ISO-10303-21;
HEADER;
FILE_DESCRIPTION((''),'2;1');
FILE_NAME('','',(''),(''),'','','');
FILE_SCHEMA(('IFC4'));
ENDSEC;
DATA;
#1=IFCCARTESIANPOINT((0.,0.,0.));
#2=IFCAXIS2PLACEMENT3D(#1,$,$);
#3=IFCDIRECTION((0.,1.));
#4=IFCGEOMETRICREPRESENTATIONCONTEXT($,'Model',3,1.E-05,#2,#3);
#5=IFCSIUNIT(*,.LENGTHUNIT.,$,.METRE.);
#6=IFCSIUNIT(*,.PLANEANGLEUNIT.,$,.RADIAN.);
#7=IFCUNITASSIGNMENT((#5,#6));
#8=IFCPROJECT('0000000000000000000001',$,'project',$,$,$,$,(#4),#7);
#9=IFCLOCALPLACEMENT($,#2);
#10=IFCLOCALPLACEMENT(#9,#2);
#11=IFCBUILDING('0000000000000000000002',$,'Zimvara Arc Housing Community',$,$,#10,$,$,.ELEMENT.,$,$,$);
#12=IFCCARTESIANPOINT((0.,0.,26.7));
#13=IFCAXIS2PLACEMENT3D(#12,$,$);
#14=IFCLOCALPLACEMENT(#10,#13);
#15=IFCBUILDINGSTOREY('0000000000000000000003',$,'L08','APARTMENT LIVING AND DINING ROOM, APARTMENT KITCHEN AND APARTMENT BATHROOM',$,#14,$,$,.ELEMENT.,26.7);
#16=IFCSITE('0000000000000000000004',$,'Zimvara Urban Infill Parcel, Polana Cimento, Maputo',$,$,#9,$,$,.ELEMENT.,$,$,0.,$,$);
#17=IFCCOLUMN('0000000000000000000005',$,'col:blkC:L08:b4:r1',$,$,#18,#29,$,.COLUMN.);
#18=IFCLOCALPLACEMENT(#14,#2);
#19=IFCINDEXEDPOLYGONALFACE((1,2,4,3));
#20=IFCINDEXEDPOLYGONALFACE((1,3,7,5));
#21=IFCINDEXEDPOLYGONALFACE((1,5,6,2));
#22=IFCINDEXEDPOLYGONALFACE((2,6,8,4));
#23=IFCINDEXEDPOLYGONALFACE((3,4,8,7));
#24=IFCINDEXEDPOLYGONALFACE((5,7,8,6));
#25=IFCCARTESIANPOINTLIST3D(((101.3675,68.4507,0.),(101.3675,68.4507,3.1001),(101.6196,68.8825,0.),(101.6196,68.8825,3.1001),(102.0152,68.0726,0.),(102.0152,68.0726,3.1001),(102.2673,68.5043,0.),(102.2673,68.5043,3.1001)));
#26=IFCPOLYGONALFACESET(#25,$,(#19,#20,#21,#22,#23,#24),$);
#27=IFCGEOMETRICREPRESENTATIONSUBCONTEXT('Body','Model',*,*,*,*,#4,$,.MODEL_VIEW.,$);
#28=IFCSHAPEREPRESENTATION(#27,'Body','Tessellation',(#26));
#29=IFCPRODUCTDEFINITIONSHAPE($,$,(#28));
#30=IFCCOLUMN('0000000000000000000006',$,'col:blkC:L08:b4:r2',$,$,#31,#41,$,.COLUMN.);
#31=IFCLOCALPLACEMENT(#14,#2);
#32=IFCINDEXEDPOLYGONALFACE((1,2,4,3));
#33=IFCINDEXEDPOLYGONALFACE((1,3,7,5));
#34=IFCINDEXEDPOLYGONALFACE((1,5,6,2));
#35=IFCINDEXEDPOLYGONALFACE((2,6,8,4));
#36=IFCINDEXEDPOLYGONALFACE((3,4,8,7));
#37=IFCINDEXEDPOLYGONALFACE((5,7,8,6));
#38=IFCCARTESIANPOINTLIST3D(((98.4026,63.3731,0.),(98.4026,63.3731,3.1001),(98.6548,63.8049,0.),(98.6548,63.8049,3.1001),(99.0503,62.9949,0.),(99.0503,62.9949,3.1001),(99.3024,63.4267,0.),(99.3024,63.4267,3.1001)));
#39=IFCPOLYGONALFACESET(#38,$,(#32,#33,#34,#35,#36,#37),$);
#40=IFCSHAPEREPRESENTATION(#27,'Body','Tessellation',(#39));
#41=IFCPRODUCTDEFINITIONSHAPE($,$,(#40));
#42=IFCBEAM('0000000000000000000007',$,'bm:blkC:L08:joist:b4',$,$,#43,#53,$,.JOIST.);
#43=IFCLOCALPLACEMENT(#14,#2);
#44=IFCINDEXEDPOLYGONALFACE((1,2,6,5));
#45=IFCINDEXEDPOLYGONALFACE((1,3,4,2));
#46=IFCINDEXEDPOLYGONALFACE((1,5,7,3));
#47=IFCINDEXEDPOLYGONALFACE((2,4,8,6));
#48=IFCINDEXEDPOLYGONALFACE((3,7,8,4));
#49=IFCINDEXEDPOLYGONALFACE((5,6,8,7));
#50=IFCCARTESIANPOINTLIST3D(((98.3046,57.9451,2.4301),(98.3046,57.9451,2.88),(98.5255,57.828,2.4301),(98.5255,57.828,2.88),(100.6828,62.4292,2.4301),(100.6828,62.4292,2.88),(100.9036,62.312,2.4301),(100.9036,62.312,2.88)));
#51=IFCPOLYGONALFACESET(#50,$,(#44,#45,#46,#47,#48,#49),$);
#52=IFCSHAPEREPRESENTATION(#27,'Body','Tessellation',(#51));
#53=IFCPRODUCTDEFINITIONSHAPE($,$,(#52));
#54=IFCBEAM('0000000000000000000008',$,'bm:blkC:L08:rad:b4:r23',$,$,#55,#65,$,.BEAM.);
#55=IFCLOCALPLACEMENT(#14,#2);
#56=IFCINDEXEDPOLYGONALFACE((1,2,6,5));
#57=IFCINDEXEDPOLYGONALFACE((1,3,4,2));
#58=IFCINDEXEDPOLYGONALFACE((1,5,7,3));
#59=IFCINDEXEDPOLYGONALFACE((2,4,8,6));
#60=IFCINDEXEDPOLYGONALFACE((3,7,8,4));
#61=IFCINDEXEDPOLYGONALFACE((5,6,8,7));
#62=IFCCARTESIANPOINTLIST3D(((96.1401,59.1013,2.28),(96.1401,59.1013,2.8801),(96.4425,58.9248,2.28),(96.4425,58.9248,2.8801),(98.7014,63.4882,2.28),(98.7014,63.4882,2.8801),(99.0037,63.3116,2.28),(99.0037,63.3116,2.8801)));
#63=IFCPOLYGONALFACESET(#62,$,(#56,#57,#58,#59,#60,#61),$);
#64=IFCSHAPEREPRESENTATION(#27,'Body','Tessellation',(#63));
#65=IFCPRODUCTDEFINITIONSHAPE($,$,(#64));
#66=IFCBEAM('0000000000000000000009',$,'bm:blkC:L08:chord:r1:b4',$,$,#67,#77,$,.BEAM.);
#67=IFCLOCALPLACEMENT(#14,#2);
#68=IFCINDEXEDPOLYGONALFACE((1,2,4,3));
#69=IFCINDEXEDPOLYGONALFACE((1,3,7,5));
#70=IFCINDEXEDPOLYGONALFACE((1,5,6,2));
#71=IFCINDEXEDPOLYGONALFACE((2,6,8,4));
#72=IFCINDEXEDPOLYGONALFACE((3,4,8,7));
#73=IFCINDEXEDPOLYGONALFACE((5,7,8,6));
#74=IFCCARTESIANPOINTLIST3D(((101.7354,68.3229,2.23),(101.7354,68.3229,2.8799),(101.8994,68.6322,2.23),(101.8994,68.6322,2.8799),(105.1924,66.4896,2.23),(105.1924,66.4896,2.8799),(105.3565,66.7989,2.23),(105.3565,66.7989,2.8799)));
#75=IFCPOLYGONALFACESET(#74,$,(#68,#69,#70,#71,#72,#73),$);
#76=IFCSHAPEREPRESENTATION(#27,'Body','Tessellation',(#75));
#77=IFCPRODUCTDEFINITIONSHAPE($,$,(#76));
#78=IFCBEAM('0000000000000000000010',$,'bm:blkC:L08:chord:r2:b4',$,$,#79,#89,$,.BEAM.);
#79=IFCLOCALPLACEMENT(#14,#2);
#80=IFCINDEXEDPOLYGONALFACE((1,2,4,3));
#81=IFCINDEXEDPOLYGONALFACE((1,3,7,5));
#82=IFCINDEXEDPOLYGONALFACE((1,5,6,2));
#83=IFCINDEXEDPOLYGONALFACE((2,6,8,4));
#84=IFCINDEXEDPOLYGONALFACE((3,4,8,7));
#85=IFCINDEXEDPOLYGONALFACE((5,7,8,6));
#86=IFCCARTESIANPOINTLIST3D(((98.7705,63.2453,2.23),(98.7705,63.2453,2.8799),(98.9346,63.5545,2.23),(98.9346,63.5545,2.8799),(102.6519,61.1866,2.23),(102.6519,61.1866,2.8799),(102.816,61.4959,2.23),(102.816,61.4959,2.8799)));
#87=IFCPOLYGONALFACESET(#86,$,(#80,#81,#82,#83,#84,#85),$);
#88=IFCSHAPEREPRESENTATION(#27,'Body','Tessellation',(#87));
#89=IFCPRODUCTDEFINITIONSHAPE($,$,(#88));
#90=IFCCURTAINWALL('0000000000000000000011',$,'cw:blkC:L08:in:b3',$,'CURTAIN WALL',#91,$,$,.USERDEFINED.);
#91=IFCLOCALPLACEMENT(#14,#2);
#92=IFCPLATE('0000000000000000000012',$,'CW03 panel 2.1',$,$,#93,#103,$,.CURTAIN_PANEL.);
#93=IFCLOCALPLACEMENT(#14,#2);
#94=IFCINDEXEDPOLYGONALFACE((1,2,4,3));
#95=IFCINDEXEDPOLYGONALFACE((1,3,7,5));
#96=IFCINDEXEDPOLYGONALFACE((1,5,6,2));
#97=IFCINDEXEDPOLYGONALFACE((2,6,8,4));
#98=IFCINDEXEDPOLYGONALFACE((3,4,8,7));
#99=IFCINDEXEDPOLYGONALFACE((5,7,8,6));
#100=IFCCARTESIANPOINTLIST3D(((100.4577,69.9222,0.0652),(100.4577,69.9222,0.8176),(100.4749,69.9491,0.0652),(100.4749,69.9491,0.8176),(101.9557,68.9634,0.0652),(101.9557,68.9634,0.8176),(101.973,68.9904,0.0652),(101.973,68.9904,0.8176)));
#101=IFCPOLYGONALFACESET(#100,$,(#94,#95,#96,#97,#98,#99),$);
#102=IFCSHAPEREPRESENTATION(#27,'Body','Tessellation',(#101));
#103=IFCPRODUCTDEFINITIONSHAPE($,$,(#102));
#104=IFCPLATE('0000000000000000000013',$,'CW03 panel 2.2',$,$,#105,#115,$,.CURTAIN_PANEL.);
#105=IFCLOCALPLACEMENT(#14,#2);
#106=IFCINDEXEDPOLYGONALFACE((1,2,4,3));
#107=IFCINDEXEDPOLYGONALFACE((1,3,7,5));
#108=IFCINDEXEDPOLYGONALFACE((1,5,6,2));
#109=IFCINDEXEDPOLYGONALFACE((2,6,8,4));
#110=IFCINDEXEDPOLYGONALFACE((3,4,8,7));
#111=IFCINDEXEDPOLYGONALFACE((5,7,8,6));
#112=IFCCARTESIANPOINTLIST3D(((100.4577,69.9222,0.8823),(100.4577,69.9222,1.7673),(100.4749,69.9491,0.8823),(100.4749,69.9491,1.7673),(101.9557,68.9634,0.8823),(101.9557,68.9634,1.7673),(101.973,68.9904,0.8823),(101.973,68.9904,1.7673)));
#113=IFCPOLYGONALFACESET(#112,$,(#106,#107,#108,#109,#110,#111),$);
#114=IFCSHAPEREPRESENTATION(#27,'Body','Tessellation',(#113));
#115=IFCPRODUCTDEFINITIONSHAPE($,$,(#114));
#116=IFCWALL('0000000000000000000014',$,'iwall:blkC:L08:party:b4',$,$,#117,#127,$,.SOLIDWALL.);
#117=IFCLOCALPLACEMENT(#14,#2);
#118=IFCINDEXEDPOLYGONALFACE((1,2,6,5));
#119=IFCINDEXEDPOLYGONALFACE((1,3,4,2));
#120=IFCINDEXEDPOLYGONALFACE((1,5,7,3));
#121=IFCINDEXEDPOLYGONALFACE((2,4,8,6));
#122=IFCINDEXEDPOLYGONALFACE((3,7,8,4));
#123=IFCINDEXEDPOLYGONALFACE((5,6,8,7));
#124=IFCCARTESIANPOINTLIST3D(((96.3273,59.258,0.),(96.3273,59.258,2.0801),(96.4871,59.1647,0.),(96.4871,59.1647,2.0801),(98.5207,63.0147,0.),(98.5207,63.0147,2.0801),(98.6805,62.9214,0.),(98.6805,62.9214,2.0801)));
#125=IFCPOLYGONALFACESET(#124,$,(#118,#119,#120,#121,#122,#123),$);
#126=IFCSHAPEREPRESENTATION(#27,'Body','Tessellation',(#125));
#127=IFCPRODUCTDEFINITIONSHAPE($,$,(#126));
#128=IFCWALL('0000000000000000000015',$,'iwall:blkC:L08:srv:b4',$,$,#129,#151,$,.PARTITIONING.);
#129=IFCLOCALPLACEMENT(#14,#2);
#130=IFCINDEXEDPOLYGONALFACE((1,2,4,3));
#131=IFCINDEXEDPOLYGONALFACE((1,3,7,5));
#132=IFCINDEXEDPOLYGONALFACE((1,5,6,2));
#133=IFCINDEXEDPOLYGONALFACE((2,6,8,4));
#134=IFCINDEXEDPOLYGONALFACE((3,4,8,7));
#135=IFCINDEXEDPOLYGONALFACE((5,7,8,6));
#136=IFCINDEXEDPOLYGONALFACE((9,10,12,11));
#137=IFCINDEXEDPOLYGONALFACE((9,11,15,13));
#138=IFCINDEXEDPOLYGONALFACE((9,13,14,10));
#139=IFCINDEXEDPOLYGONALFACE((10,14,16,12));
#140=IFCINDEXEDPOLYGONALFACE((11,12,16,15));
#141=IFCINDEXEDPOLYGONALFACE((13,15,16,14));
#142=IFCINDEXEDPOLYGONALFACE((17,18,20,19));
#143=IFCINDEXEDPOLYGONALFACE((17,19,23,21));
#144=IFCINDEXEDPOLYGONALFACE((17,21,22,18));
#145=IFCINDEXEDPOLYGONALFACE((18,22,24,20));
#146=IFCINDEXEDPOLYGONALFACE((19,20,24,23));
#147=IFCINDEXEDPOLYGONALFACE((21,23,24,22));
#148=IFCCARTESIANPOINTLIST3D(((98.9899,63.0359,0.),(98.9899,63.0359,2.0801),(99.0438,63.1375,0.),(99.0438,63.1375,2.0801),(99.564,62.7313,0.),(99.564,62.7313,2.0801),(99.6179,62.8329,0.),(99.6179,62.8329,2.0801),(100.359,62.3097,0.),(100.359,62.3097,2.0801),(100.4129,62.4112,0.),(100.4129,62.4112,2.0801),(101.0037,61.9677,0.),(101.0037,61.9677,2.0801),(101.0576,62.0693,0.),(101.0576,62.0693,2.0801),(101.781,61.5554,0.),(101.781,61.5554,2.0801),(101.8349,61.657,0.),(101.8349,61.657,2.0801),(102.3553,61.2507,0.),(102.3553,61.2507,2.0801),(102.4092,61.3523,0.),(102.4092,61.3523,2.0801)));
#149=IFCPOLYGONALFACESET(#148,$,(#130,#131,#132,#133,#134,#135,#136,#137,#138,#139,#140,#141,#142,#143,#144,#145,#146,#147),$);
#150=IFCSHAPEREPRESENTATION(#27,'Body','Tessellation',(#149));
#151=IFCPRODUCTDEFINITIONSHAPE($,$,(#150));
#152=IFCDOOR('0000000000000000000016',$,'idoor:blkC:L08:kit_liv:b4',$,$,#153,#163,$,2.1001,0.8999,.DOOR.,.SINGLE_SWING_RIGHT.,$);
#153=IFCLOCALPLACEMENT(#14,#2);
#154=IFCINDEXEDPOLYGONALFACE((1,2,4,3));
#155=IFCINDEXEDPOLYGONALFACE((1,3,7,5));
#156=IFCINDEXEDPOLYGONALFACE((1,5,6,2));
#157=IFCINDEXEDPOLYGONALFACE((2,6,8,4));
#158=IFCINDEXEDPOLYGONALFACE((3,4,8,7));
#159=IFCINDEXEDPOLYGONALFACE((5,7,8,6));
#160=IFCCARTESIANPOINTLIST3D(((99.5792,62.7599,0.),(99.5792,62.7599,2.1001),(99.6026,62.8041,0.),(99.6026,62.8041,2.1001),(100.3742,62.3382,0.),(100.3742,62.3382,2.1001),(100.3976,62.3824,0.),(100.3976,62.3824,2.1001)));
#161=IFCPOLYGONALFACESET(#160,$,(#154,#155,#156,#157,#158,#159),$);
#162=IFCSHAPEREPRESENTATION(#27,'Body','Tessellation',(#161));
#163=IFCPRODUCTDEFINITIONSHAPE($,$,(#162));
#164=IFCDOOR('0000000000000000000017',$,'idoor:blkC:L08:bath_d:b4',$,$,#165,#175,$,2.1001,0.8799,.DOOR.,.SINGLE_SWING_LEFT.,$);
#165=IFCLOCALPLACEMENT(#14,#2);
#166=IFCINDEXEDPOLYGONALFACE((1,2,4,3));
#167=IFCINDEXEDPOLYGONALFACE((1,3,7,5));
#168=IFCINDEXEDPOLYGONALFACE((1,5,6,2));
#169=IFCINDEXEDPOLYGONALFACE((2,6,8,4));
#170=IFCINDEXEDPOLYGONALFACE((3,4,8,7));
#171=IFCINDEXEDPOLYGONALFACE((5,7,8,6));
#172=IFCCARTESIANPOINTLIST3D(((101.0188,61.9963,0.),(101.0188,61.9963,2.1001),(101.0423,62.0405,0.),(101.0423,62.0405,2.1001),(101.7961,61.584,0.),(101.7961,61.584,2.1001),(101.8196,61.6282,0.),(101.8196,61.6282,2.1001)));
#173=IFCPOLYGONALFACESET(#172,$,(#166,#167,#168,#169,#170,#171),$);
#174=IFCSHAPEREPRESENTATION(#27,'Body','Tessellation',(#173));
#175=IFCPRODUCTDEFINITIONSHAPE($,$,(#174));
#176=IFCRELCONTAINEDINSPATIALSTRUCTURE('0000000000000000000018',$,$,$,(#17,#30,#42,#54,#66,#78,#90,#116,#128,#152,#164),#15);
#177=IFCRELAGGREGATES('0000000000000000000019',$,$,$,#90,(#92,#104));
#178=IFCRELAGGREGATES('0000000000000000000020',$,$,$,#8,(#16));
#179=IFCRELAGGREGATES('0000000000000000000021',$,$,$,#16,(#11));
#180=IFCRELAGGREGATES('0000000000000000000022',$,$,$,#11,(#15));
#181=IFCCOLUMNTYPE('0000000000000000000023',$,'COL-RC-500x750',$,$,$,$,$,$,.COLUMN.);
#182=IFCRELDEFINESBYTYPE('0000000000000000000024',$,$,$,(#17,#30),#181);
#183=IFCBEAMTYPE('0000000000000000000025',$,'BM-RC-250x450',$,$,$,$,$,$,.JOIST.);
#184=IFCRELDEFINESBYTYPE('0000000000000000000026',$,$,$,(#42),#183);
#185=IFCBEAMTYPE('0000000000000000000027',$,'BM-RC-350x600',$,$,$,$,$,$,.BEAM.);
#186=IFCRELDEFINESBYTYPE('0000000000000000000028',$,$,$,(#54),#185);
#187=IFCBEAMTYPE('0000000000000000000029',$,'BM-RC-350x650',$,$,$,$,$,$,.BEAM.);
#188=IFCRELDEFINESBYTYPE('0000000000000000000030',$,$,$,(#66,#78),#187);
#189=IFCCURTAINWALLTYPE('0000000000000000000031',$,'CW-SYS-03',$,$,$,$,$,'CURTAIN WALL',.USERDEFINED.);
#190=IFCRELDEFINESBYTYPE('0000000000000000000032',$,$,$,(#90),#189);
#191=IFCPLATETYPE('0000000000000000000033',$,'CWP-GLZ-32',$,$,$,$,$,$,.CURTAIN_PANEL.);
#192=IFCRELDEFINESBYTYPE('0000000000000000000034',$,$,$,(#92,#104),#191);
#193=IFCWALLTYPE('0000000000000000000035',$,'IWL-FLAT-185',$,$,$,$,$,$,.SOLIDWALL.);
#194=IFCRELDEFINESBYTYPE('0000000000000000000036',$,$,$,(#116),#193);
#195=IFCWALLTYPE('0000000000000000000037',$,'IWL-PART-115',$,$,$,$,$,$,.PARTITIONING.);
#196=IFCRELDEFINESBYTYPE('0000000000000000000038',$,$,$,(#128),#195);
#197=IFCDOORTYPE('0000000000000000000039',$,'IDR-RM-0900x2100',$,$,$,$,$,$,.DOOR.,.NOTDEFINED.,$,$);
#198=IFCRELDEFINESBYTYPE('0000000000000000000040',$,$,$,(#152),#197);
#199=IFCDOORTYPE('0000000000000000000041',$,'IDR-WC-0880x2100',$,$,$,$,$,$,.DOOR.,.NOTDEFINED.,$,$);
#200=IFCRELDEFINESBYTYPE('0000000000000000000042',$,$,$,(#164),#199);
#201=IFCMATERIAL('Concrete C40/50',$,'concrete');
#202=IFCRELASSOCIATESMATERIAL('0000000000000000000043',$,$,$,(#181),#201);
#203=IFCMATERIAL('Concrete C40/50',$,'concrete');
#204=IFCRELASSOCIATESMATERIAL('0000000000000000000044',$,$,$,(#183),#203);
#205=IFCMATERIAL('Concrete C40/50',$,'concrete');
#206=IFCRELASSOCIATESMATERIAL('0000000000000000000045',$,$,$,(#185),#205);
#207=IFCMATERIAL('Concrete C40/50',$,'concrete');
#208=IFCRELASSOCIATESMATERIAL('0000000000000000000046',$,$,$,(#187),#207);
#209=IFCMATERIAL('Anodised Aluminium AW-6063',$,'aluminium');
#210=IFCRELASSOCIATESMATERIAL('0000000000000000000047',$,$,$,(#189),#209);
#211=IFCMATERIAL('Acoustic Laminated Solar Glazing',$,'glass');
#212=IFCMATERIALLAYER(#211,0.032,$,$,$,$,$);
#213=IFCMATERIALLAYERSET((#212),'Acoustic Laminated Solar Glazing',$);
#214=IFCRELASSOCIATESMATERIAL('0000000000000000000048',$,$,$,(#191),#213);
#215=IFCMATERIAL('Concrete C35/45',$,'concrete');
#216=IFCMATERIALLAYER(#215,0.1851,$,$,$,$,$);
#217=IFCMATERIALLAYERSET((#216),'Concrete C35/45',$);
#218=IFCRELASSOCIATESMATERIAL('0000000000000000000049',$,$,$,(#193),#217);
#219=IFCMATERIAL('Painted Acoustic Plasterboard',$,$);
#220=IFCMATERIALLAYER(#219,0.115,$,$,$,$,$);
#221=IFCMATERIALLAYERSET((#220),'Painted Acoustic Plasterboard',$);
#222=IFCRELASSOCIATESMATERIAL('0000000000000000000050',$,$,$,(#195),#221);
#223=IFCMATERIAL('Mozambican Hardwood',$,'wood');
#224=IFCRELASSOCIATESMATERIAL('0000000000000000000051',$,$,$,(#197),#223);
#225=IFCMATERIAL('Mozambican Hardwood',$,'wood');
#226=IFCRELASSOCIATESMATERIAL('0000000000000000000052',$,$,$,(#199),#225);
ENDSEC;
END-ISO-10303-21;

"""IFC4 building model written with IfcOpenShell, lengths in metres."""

from ifc_helpers import new_model, si_unit, direction, frame, frame_2d, origin, origin_2d, place, context, subcontext, project, spatial, rectangle, extrude, material, layer, layer_set, material_profile, profile_set, type_object, element, fill, aggregate, save


model = new_model("IFC4")

# Units and contexts
model_context = context("Model", 3, precision=1e-05, world=origin(), true_north=direction((0.0, 1.0)))
body_context = subcontext(model_context, "Body", "Model", "MODEL_VIEW")
ifc_project = project(units=[si_unit("LENGTHUNIT", "METRE"), si_unit("PLANEANGLEUNIT", "RADIAN")], contexts=[model_context])

# Site, building, storey
site_placement = place(None, origin())
site = spatial("IfcSite", under=ifc_project, at=site_placement, Name="Zimvara Urban Infill Parcel, Polana Cimento, Maputo", CompositionType="ELEMENT", RefElevation=0.0)
building_placement = place(site_placement, origin())
building = spatial("IfcBuilding", under=site, at=building_placement, Name="Zimvara Arc Housing Community", CompositionType="ELEMENT")
storey_placement = place(building_placement, frame((0.0, 0.0, 26.7)))
storey = spatial("IfcBuildingStorey", under=building, at=storey_placement, Name="L08", Description="APARTMENT LIVING AND DINING ROOM, APARTMENT KITCHEN AND APARTMENT BATHROOM", CompositionType="ELEMENT", Elevation=26.7)

# Columns
ifc_material_1 = material(Name="Concrete C40/50", Category="concrete")
ifc_material_profile_1 = material_profile(ifc_material_1, rectangle(XDim=0.5, YDim=0.75, at=origin_2d()), Name="RC 500x750")
ifc_profile_set_1 = profile_set([ifc_material_profile_1], Name="Concrete C40/50")
column_type = type_object("IfcColumnType", Name="COL-RC-500x750", PredefinedType="COLUMN", material=ifc_profile_set_1)
for number, where, z_axis, x_axis, name in (
    (1, (101.8174, 68.4775, 0.0), (0.0, 0.0, 1.0), (-0.504226, -0.863572, 0.0), "col:blkC:L08:b4:r1"),
    (2, (98.8525, 63.3999, 0.0), (0.0, 0.0, 1.0), (-0.504226, -0.863572, 0.0), "col:blkC:L08:b4:r2"),
):
    element("IfcColumn", number, at=place(storey_placement, frame(where, z_axis=z_axis, x_axis=x_axis)), inside=storey, type_object=column_type, Name=name, PredefinedType="COLUMN", context=body_context, shape_type="SweptSolid", body=[
        extrude(rectangle(XDim=0.5, YDim=0.75, at=origin_2d()), origin(), (0.0, 0.0, 1.0), 3.1001),
    ])

# Beams
ifc_material_2 = material(Name="Concrete C40/50", Category="concrete")
ifc_material_profile_2 = material_profile(ifc_material_2, rectangle(XDim=0.25, YDim=0.45, at=origin_2d()), Name="RC 250x450")
ifc_profile_set_2 = profile_set([ifc_material_profile_2], Name="Concrete C40/50")
beam_type_1 = type_object("IfcBeamType", Name="BM-RC-250x450", PredefinedType="JOIST", material=ifc_profile_set_2)
beam_1_placement = place(storey_placement, frame((100.7932, 62.3706, 2.655), z_axis=(-0.468537, -0.883444, 0.0), x_axis=(0.883444, -0.468537, 0.0)))
element("IfcBeam", 3, at=beam_1_placement, inside=storey, type_object=beam_type_1, Name="bm:blkC:L08:joist:b4", PredefinedType="JOIST", context=body_context, shape_type="SweptSolid", body=[
    extrude(rectangle(XDim=0.25, YDim=0.45, at=origin_2d()), origin(), (0.0, 0.0, 1.0), 5.0757),
])
ifc_material_3 = material(Name="Concrete C40/50", Category="concrete")
ifc_material_profile_3 = material_profile(ifc_material_3, rectangle(XDim=0.3501, YDim=0.6001, at=origin_2d()), Name="RC 350x600")
ifc_profile_set_3 = profile_set([ifc_material_profile_3], Name="Concrete C40/50")
beam_type_2 = type_object("IfcBeamType", Name="BM-RC-350x600", PredefinedType="BEAM", material=ifc_profile_set_3)
beam_2_placement = place(storey_placement, frame((98.8525, 63.3999, 2.5801), z_axis=(-0.504197, -0.863589, 0.0), x_axis=(0.863589, -0.504197, 0.0)))
element("IfcBeam", 4, at=beam_2_placement, inside=storey, type_object=beam_type_2, Name="bm:blkC:L08:rad:b4:r23", PredefinedType="BEAM", context=body_context, shape_type="SweptSolid", body=[
    extrude(rectangle(XDim=0.3501, YDim=0.6001, at=origin_2d()), origin(), (0.0, 0.0, 1.0), 5.0798),
])
ifc_material_4 = material(Name="Concrete C40/50", Category="concrete")
ifc_material_profile_4 = material_profile(ifc_material_4, rectangle(XDim=0.3501, YDim=0.6499, at=origin_2d()), Name="RC 350x650")
ifc_profile_set_4 = profile_set([ifc_material_profile_4], Name="Concrete C40/50")
beam_type_3 = type_object("IfcBeamType", Name="BM-RC-350x650", PredefinedType="BEAM", material=ifc_profile_set_4)
beam_3_placement = place(storey_placement, frame((101.8174, 68.4775, 2.5549), z_axis=(0.883464, -0.468498, 0.0), x_axis=(0.468498, 0.883464, 0.0)))
element("IfcBeam", 5, at=beam_3_placement, inside=storey, type_object=beam_type_3, Name="bm:blkC:L08:chord:r1:b4", PredefinedType="BEAM", context=body_context, shape_type="SweptSolid", body=[
    extrude(rectangle(XDim=0.3501, YDim=0.6499, at=origin_2d()), origin(), (0.0, 0.0, 1.0), 3.9131),
])
beam_4_placement = place(storey_placement, frame((98.8525, 63.3999, 2.5549), z_axis=(0.883434, -0.468557, 0.0), x_axis=(0.468557, 0.883434, 0.0)))
element("IfcBeam", 6, at=beam_4_placement, inside=storey, type_object=beam_type_3, Name="bm:blkC:L08:chord:r2:b4", PredefinedType="BEAM", context=body_context, shape_type="SweptSolid", body=[
    extrude(rectangle(XDim=0.3501, YDim=0.6499, at=origin_2d()), origin(), (0.0, 0.0, 1.0), 4.3936),
])

# Curtain wall, plates
ifc_material_5 = material(Name="Anodised Aluminium AW-6063", Category="aluminium")
curtain_wall_type = type_object("IfcCurtainWallType", Name="CW-SYS-03", ElementType="CURTAIN WALL", PredefinedType="USERDEFINED", material=ifc_material_5)
curtain_wall_placement = place(storey_placement, origin())
curtain_wall = element("IfcCurtainWall", 7, at=curtain_wall_placement, inside=storey, type_object=curtain_wall_type, Name="cw:blkC:L08:in:b3", ObjectType="CURTAIN WALL", PredefinedType="USERDEFINED")
ifc_material_6 = material(Name="Acoustic Laminated Solar Glazing", Category="glass")
ifc_layer_1 = layer(ifc_material_6, 0.032)
ifc_layer_set_1 = layer_set([ifc_layer_1], Name="Acoustic Laminated Solar Glazing")
plate_type = type_object("IfcPlateType", Name="CWP-GLZ-32", PredefinedType="CURTAIN_PANEL", material=ifc_layer_set_1)
plate_1_placement = place(storey_placement, frame((101.2153, 69.4563, 0.0652), z_axis=(0.0, 0.0, 1.0), x_axis=(0.842264, -0.539065, 0.0)))
plate_1 = element("IfcPlate", 8, at=plate_1_placement, type_object=plate_type, Name="CW03 panel 2.1", PredefinedType="CURTAIN_PANEL", context=body_context, shape_type="SweptSolid", body=[
    extrude(rectangle(XDim=1.7786, YDim=0.032, at=origin_2d()), origin(), (0.0, 0.0, 1.0), 0.7524),
])
plate_2_placement = place(storey_placement, frame((101.2153, 69.4563, 0.8823), z_axis=(0.0, 0.0, 1.0), x_axis=(0.842264, -0.539065, 0.0)))
plate_2 = element("IfcPlate", 9, at=plate_2_placement, type_object=plate_type, Name="CW03 panel 2.2", PredefinedType="CURTAIN_PANEL", context=body_context, shape_type="SweptSolid", body=[
    extrude(rectangle(XDim=1.7786, YDim=0.032, at=origin_2d()), origin(), (0.0, 0.0, 1.0), 0.885),
])
aggregate(curtain_wall, [plate_1, plate_2])

# Wall
ifc_material_7 = material(Name="Concrete C35/45", Category="concrete")
ifc_layer_2 = layer(ifc_material_7, 0.1851)
ifc_layer_set_2 = layer_set([ifc_layer_2], Name="Concrete C35/45")
wall_type_1 = type_object("IfcWallType", Name="IWL-FLAT-185", PredefinedType="SOLIDWALL", material=ifc_layer_set_2)
wall_1_placement = place(storey_placement, frame((98.6006, 62.968, 0.0), z_axis=(0.0, 0.0, 1.0), x_axis=(-0.504216, -0.863577, 0.0)))
element("IfcWall", 10, at=wall_1_placement, inside=storey, type_object=wall_type_1, Name="iwall:blkC:L08:party:b4", PredefinedType="SOLIDWALL", context=body_context, shape_type="SweptSolid", body=[
    extrude(rectangle(XDim=4.3501, YDim=0.1851, at=frame_2d((2.175, 0.0))), origin(), (0.0, 0.0, 1.0), 2.0801),
])

# Wall, openings, doors
ifc_material_8 = material(Name="Painted Acoustic Plasterboard")
ifc_layer_3 = layer(ifc_material_8, 0.115)
ifc_layer_set_3 = layer_set([ifc_layer_3], Name="Painted Acoustic Plasterboard")
wall_type_2 = type_object("IfcWallType", Name="IWL-PART-115", PredefinedType="PARTITIONING", material=ifc_layer_set_3)
wall_2_placement = place(storey_placement, frame((99.0168, 63.0867, 0.0), z_axis=(0.0, 0.0, 1.0), x_axis=(0.883415, -0.468591, 0.0)))
wall_2 = element("IfcWall", 11, at=wall_2_placement, inside=storey, type_object=wall_type_2, Name="iwall:blkC:L08:srv:b4", PredefinedType="PARTITIONING", context=body_context, shape_type="SweptSolid", body=[
    extrude(rectangle(XDim=3.8096, YDim=0.115, at=frame_2d((1.9048, 0.0))), origin(), (0.0, 0.0, 1.0), 2.0801),
])
opening_1_placement = place(wall_2_placement, frame((0.6499, 0.0, 0.0)))
opening_1 = element("IfcOpeningElement", 12, at=opening_1_placement, cuts=wall_2, PredefinedType="OPENING", context=body_context, shape_type="SweptSolid", body=[
    extrude(rectangle(XDim=0.8999, YDim=2.1001, at=frame_2d((0.45, 1.05))), frame((0.0, 0.0674, 0.0), z_axis=(0.0, -1.0, 0.0), x_axis=(1.0, 0.0, 0.0)), (0.0, 0.0, 1.0), 0.135),
])
opening_2_placement = place(wall_2_placement, frame((2.2795, 0.0, 0.0)))
opening_2 = element("IfcOpeningElement", 13, at=opening_2_placement, cuts=wall_2, PredefinedType="OPENING", context=body_context, shape_type="SweptSolid", body=[
    extrude(rectangle(XDim=0.8799, YDim=2.1001, at=frame_2d((0.4399, 1.05))), frame((0.0, 0.0674, 0.0), z_axis=(0.0, -1.0, 0.0), x_axis=(1.0, 0.0, 0.0)), (0.0, 0.0, 1.0), 0.135),
])
ifc_material_9 = material(Name="Mozambican Hardwood", Category="wood")
door_type_1 = type_object("IfcDoorType", Name="IDR-RM-0900x2100", OperationType="NOTDEFINED", PredefinedType="DOOR", material=ifc_material_9)
door_1_placement = place(opening_1_placement, origin())
door_1 = element("IfcDoor", 14, at=door_1_placement, inside=storey, type_object=door_type_1, Name="idoor:blkC:L08:kit_liv:b4", OperationType="SINGLE_SWING_RIGHT", OverallHeight=2.1001, OverallWidth=0.8999, PredefinedType="DOOR", context=body_context, shape_type="SweptSolid", body=[
    extrude(rectangle(XDim=0.8999, YDim=2.1001, at=frame_2d((0.45, 1.05))), frame((0.0, 0.0249, 0.0), z_axis=(0.0, -1.0, 0.0), x_axis=(1.0, 0.0, 0.0)), (0.0, 0.0, 1.0), 0.05),
])
fill(opening_1, door_1)
ifc_material_10 = material(Name="Mozambican Hardwood", Category="wood")
door_type_2 = type_object("IfcDoorType", Name="IDR-WC-0880x2100", OperationType="NOTDEFINED", PredefinedType="DOOR", material=ifc_material_10)
door_2_placement = place(opening_2_placement, origin())
door_2 = element("IfcDoor", 15, at=door_2_placement, inside=storey, type_object=door_type_2, Name="idoor:blkC:L08:bath_d:b4", OperationType="SINGLE_SWING_LEFT", OverallHeight=2.1001, OverallWidth=0.8799, PredefinedType="DOOR", context=body_context, shape_type="SweptSolid", body=[
    extrude(rectangle(XDim=0.8799, YDim=2.1001, at=frame_2d((0.4399, 1.05))), frame((0.0, 0.0249, 0.0), z_axis=(0.0, -1.0, 0.0), x_axis=(1.0, 0.0, 0.0)), (0.0, 0.0, 1.0), 0.05),
])
fill(opening_2, door_2)

save(model, "model.ifc")
